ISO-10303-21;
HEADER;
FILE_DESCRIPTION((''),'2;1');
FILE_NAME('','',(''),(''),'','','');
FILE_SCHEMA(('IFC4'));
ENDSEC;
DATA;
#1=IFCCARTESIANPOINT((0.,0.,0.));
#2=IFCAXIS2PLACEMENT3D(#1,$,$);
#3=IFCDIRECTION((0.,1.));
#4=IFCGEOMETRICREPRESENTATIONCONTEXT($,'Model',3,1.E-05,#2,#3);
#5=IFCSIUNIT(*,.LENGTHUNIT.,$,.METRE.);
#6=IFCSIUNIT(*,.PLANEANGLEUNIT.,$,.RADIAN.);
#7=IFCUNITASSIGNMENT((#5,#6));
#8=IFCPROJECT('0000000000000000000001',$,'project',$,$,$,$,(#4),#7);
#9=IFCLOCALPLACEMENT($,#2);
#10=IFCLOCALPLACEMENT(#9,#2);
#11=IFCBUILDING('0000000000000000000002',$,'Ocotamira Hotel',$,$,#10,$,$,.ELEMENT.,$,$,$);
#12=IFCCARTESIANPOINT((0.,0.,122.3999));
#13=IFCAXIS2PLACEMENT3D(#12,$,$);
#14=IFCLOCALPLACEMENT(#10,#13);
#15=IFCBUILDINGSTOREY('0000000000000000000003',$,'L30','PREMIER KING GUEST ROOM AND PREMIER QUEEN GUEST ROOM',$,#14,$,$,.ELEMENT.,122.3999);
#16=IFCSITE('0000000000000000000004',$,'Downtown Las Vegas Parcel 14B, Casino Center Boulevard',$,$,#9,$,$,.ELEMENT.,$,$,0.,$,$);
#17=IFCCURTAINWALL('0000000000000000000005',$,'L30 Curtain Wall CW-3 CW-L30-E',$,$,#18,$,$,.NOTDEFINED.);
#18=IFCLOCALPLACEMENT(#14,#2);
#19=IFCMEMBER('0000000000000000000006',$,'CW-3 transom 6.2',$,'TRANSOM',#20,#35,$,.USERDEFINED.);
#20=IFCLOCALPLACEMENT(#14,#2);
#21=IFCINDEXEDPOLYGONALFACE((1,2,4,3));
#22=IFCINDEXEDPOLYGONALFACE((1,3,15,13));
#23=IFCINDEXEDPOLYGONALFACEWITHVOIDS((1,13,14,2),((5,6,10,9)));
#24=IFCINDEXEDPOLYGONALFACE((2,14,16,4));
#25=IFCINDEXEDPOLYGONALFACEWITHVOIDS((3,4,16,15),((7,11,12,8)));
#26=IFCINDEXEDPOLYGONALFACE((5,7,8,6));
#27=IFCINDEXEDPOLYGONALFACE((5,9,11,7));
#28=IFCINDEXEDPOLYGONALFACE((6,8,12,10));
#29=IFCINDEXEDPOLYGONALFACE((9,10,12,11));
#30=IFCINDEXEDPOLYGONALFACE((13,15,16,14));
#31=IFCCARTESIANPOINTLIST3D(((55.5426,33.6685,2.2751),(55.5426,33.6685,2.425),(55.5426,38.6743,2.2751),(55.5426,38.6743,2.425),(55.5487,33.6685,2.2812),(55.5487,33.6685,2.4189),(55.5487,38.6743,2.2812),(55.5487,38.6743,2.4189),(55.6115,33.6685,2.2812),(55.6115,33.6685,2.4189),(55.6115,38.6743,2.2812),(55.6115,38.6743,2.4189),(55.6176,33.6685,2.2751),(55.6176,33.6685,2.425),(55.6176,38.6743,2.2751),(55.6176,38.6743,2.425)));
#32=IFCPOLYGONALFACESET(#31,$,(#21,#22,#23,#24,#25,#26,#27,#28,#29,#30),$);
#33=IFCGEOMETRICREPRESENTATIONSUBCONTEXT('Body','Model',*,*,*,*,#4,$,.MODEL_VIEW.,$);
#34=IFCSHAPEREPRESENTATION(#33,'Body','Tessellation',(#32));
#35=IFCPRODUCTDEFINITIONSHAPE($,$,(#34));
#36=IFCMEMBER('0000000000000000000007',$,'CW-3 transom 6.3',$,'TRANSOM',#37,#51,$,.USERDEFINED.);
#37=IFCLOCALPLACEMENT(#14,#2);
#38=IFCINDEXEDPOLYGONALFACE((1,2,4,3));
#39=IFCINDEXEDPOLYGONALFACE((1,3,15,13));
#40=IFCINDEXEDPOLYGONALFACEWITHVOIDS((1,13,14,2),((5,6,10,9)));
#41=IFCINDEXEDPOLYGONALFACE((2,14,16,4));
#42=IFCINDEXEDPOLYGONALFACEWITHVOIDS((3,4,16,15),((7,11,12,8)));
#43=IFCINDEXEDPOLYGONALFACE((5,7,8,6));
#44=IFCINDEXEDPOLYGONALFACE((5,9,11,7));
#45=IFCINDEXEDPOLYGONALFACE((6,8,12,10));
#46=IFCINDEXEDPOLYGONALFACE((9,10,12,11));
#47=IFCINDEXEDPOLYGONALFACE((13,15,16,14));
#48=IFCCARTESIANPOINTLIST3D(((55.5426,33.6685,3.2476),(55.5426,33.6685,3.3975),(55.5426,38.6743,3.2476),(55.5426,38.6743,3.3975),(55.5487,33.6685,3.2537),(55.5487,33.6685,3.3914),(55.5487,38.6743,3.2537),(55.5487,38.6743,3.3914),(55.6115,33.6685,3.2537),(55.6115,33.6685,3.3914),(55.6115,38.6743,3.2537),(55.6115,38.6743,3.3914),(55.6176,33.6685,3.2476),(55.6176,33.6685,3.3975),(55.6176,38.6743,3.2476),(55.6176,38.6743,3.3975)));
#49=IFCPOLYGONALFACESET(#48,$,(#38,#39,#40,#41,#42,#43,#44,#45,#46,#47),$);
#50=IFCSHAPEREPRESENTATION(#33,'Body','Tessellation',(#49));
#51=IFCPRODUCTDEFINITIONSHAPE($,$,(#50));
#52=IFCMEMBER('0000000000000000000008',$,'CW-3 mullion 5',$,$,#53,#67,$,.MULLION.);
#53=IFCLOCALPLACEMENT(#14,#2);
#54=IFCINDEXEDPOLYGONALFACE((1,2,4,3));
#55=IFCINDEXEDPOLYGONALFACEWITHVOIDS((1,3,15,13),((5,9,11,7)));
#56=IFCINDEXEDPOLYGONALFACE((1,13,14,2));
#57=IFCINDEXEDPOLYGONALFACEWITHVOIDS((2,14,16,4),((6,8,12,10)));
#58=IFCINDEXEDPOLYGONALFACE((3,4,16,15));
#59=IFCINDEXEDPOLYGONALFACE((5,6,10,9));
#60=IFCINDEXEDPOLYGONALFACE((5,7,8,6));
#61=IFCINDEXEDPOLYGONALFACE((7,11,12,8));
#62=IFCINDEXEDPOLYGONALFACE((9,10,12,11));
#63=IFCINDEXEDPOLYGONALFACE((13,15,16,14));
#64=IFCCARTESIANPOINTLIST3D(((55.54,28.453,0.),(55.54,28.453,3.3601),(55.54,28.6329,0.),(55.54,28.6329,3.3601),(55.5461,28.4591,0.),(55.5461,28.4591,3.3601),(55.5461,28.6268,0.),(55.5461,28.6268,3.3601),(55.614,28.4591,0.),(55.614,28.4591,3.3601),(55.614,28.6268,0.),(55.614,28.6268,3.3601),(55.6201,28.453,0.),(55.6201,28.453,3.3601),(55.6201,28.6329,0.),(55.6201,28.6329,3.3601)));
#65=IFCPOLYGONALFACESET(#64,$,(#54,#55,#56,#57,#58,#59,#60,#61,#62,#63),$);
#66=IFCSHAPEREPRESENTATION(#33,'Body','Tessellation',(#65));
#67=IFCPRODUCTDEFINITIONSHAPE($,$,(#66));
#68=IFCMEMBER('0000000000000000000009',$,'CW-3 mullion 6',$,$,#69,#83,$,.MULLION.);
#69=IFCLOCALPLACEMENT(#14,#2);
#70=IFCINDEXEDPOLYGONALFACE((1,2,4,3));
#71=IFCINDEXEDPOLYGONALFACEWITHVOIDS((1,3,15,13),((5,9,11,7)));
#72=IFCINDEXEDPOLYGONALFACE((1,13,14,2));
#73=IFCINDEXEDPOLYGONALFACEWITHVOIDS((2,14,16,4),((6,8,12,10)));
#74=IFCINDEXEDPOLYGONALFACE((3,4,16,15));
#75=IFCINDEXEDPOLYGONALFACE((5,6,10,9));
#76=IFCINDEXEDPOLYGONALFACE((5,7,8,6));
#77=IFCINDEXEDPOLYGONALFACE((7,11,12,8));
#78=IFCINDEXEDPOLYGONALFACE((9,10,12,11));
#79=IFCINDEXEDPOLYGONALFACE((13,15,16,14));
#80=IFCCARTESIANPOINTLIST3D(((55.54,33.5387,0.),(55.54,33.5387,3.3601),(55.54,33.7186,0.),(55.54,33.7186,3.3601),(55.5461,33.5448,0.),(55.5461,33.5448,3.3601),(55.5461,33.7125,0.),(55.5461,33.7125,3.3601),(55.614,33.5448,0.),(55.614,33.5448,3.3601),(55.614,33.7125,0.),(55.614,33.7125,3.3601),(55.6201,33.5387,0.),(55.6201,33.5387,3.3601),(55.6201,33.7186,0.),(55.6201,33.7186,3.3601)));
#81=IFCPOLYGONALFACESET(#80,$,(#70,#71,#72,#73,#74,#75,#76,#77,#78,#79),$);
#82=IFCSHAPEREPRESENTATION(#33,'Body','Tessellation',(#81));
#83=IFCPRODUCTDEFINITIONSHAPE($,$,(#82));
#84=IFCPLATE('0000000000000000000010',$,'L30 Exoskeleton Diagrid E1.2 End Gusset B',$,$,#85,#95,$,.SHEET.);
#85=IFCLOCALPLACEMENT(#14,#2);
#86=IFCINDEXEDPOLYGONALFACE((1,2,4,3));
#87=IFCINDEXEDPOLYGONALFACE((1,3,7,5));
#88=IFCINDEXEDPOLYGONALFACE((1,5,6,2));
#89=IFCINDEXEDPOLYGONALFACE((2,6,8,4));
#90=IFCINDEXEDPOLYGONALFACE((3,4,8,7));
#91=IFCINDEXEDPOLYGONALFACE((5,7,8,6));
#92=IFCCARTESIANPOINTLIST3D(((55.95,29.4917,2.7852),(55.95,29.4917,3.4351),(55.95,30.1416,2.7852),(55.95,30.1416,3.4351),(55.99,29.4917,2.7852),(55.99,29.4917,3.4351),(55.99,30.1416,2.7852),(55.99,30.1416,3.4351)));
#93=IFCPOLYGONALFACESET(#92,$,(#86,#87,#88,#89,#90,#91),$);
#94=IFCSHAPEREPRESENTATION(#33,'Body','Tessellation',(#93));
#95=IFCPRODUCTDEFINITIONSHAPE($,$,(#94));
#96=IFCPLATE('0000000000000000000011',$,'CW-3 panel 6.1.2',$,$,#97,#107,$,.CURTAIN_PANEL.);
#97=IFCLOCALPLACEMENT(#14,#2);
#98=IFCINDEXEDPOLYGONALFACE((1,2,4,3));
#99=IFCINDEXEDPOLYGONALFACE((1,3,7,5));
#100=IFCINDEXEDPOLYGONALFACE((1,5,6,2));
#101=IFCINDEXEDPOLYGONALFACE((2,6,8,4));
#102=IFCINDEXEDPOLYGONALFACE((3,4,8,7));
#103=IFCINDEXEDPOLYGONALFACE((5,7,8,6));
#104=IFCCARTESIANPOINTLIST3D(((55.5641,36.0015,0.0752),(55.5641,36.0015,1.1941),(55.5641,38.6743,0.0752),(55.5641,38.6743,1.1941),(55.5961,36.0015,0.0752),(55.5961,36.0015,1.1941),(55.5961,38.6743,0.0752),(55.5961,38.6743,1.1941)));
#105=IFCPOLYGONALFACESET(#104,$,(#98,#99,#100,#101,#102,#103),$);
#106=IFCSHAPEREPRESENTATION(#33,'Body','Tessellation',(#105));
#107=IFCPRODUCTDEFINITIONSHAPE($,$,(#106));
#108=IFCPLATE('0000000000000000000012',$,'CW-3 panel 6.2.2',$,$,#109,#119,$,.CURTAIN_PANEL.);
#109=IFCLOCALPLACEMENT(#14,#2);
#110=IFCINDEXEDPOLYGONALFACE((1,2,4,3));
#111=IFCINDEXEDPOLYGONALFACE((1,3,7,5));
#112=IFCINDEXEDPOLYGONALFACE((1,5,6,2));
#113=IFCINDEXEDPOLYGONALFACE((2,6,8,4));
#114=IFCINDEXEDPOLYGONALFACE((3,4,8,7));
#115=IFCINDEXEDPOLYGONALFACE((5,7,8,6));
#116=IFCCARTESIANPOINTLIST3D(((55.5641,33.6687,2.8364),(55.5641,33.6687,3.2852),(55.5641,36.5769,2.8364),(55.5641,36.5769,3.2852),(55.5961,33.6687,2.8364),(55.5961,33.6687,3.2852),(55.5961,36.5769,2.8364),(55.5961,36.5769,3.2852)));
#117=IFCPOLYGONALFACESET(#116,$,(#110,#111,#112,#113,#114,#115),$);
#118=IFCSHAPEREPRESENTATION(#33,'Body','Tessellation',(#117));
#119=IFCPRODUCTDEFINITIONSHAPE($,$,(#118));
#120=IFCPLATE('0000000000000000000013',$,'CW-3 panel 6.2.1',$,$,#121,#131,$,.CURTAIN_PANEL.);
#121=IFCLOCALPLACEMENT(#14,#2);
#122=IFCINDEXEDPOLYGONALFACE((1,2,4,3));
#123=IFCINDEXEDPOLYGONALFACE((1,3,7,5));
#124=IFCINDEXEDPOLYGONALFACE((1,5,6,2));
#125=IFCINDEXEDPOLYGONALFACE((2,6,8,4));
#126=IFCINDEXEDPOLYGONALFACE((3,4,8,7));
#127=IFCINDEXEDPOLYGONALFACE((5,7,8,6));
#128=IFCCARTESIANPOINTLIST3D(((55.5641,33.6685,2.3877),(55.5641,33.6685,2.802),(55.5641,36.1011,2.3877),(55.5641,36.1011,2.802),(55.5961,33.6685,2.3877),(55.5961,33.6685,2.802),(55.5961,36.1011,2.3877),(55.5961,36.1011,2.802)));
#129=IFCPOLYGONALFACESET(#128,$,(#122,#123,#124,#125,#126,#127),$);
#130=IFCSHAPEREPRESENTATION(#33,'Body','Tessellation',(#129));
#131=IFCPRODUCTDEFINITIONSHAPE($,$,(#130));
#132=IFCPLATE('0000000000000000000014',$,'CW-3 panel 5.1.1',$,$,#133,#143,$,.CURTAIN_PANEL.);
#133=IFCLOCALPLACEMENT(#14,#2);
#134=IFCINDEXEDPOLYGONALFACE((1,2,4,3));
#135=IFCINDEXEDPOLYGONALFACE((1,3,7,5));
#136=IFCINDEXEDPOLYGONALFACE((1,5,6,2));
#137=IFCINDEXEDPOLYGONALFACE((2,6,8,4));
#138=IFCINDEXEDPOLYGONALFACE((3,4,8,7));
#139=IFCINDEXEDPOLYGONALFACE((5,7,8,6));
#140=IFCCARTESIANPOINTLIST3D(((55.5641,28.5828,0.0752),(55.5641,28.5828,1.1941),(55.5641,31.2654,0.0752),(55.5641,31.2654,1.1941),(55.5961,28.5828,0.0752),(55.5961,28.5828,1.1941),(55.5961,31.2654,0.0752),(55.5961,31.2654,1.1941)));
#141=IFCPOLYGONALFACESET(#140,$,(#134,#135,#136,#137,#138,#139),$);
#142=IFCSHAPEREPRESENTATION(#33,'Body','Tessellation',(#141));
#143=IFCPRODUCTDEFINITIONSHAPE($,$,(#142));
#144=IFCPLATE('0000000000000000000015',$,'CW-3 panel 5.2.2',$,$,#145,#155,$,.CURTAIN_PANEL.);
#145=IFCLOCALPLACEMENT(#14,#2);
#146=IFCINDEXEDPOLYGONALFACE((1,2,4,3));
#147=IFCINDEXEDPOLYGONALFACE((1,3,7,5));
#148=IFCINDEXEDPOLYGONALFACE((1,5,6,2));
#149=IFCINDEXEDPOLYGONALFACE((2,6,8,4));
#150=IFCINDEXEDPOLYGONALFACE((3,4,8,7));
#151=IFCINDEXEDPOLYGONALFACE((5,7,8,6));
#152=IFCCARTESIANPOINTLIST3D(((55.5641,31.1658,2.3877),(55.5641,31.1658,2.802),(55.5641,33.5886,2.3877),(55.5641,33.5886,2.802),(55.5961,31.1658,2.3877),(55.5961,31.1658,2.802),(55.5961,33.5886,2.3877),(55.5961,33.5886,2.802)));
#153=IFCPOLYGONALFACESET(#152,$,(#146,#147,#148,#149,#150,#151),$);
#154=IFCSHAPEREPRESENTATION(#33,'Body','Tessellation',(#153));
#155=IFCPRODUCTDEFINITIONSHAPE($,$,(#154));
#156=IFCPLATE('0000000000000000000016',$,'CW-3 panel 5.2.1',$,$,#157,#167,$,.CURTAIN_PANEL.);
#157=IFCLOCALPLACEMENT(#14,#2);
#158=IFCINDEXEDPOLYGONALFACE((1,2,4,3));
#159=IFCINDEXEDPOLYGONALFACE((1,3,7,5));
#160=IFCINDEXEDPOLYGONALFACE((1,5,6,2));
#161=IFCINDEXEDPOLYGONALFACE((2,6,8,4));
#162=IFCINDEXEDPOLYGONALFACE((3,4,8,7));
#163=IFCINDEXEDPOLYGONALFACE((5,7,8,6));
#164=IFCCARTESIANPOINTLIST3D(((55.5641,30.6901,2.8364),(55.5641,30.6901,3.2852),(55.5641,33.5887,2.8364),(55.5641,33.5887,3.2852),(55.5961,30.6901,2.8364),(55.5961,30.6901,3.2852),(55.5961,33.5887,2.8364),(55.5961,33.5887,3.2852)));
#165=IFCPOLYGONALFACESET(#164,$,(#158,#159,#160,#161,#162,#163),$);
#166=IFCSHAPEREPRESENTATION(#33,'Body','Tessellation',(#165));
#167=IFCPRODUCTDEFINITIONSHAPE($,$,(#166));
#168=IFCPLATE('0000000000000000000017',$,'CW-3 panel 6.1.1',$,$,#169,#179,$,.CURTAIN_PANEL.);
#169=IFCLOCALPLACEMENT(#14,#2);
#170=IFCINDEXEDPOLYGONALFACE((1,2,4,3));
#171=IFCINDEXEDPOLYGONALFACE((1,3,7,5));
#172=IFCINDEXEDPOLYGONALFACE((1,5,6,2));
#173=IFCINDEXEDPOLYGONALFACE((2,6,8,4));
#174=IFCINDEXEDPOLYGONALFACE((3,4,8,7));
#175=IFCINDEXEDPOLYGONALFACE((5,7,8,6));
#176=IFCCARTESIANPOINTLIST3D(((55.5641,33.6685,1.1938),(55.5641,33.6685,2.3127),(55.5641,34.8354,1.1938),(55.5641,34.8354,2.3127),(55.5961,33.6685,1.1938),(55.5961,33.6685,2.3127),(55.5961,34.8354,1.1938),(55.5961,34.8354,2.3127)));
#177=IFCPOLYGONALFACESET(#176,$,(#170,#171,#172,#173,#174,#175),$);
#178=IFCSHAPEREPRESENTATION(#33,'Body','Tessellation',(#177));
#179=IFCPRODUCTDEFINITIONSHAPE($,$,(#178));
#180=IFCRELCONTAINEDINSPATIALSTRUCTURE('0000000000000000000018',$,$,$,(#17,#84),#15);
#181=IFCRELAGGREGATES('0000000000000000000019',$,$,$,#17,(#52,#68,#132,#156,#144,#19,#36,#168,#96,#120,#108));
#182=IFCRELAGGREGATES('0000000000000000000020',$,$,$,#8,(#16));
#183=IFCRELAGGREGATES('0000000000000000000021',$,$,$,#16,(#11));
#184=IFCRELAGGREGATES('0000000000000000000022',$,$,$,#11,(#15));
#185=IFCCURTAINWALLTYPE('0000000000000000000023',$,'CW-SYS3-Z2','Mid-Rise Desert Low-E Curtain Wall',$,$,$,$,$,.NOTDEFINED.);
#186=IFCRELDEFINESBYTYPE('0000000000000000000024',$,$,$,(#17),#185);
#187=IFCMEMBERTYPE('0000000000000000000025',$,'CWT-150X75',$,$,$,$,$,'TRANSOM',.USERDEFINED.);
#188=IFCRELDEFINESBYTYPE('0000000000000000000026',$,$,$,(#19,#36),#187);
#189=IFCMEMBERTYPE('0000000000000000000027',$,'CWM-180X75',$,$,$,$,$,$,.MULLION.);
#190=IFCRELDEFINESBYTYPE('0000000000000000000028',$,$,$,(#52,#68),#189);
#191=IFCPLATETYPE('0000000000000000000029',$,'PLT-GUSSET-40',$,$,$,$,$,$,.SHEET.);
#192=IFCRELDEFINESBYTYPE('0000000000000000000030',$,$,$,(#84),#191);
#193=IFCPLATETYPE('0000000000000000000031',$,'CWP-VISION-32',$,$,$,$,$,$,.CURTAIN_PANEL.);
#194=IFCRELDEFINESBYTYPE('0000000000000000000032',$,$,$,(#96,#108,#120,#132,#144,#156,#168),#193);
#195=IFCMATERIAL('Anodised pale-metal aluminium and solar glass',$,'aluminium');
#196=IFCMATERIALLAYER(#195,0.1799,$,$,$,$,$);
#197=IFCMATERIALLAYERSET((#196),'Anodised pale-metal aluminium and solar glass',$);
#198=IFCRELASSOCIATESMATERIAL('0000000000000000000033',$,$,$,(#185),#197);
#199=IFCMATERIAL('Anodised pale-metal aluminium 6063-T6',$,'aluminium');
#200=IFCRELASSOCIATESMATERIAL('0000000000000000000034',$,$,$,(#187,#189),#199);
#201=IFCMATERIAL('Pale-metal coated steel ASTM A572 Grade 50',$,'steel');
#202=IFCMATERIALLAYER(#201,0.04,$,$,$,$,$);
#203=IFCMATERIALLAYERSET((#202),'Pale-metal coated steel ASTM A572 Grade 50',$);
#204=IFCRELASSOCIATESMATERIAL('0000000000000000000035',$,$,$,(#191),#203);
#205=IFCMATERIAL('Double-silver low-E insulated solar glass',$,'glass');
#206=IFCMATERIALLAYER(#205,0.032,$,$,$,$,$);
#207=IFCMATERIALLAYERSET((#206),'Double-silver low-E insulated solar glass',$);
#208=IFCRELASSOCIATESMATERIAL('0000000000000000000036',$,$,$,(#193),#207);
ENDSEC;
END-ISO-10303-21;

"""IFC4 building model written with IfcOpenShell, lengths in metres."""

from ifc_helpers import new_model, si_unit, direction, frame, origin, origin_2d, place, context, subcontext, project, spatial, rectangle, hollow_rectangle, extrude, source, transform, mapped, material, layer, layer_set, material_profile, profile_set, type_object, element, aggregate, save


model = new_model("IFC4")

# Units and contexts
model_context = context("Model", 3, precision=1e-05, world=origin(), true_north=direction((0.0, 1.0)))
body_context = subcontext(model_context, "Body", "Model", "MODEL_VIEW")
ifc_project = project(units=[si_unit("LENGTHUNIT", "METRE"), si_unit("PLANEANGLEUNIT", "RADIAN")], contexts=[model_context])

# Site, building, storey
site_placement = place(None, origin())
site = spatial("IfcSite", under=ifc_project, at=site_placement, Name="Downtown Las Vegas Parcel 14B, Casino Center Boulevard", CompositionType="ELEMENT", RefElevation=0.0)
building_placement = place(site_placement, origin())
building = spatial("IfcBuilding", under=site, at=building_placement, Name="Ocotamira Hotel", CompositionType="ELEMENT")
storey_placement = place(building_placement, frame((0.0, 0.0, 122.3999)))
storey = spatial("IfcBuildingStorey", under=building, at=storey_placement, Name="L30", Description="PREMIER KING GUEST ROOM AND PREMIER QUEEN GUEST ROOM", CompositionType="ELEMENT", Elevation=122.3999)

# Curtain wall, members
ifc_material_1 = material(Name="Anodised pale-metal aluminium and solar glass", Category="aluminium")
ifc_layer_1 = layer(ifc_material_1, 0.1799)
ifc_layer_set_1 = layer_set([ifc_layer_1], Name="Anodised pale-metal aluminium and solar glass")
curtain_wall_type = type_object("IfcCurtainWallType", Name="CW-SYS3-Z2", Description="Mid-Rise Desert Low-E Curtain Wall", PredefinedType="NOTDEFINED", material=ifc_layer_set_1)
curtain_wall_placement = place(storey_placement, origin())
curtain_wall = element("IfcCurtainWall", 1, at=curtain_wall_placement, inside=storey, type_object=curtain_wall_type, Name="L30 Curtain Wall CW-3 CW-L30-E", PredefinedType="NOTDEFINED")
ifc_material_2 = material(Name="Anodised pale-metal aluminium 6063-T6", Category="aluminium")
ifc_material_profile_1 = material_profile(ifc_material_2, hollow_rectangle(XDim=0.075, YDim=0.1499, WallThickness=0.0061, at=origin_2d()), Name="HSS150X75X6")
ifc_profile_set_1 = profile_set([ifc_material_profile_1], Name="Anodised pale-metal aluminium 6063-T6")
member_type_1 = type_object("IfcMemberType", Name="CWT-150X75", ElementType="TRANSOM", PredefinedType="USERDEFINED", material=ifc_profile_set_1)
shared_shape_1 = source(origin(), body_context, "Body", "SweptSolid", [
    extrude(hollow_rectangle(XDim=0.075, YDim=0.1499, WallThickness=0.0061, at=origin_2d()), origin(), (0.0, 0.0, 1.0), 5.0059),
])
member_1_placement = place(storey_placement, frame((55.5801, 33.6685, 2.3501), z_axis=(0.0, 1.0, 0.0), x_axis=(-1.0, 0.0, 0.0)))
member_1 = element("IfcMember", 2, at=member_1_placement, type_object=member_type_1, Name="CW-3 transom 6.2", ObjectType="TRANSOM", PredefinedType="USERDEFINED", context=body_context, shape_type="MappedRepresentation", body=[
    mapped(shared_shape_1, transform((0.0, 0.0, 0.0), scale=1.0)),
])
member_2_placement = place(storey_placement, frame((55.5801, 33.6685, 3.3225), z_axis=(0.0, 1.0, 0.0), x_axis=(-1.0, 0.0, 0.0)))
member_2 = element("IfcMember", 3, at=member_2_placement, type_object=member_type_1, Name="CW-3 transom 6.3", ObjectType="TRANSOM", PredefinedType="USERDEFINED", context=body_context, shape_type="MappedRepresentation", body=[
    mapped(shared_shape_1, transform((0.0, 0.0, 0.0), scale=1.0)),
])
ifc_material_profile_2 = material_profile(ifc_material_2, hollow_rectangle(XDim=0.0801, YDim=0.1799, WallThickness=0.0061, at=origin_2d()), Name="HSS180X80X6")
ifc_profile_set_2 = profile_set([ifc_material_profile_2], Name="Anodised pale-metal aluminium 6063-T6")
member_type_2 = type_object("IfcMemberType", Name="CWM-180X75", PredefinedType="MULLION", material=ifc_profile_set_2)
shared_shape_2 = source(origin(), body_context, "Body", "SweptSolid", [
    extrude(hollow_rectangle(XDim=0.0801, YDim=0.1799, WallThickness=0.0061, at=origin_2d()), origin(), (0.0, 0.0, 1.0), 3.3601),
])
member_3_placement = place(storey_placement, frame((55.5801, 28.543, 0.0), z_axis=(0.0, 0.0, 1.0), x_axis=(-1.0, 0.0, 0.0)))
member_3 = element("IfcMember", 4, at=member_3_placement, type_object=member_type_2, Name="CW-3 mullion 5", PredefinedType="MULLION", context=body_context, shape_type="MappedRepresentation", body=[
    mapped(shared_shape_2, transform((0.0, 0.0, 0.0), scale=1.0)),
])
member_4_placement = place(storey_placement, frame((55.5801, 33.6287, 0.0), z_axis=(0.0, 0.0, 1.0), x_axis=(-1.0, 0.0, 0.0)))
member_4 = element("IfcMember", 5, at=member_4_placement, type_object=member_type_2, Name="CW-3 mullion 6", PredefinedType="MULLION", context=body_context, shape_type="MappedRepresentation", body=[
    mapped(shared_shape_2, transform((0.0, 0.0, 0.0), scale=1.0)),
])

# Plates
ifc_material_3 = material(Name="Pale-metal coated steel ASTM A572 Grade 50", Category="steel")
ifc_layer_2 = layer(ifc_material_3, 0.04)
ifc_layer_set_2 = layer_set([ifc_layer_2], Name="Pale-metal coated steel ASTM A572 Grade 50")
plate_type_1 = type_object("IfcPlateType", Name="PLT-GUSSET-40", PredefinedType="SHEET", material=ifc_layer_set_2)
shared_shape_3 = source(origin(), body_context, "Body", "SweptSolid", [
    extrude(rectangle(XDim=0.04, YDim=0.6499, at=origin_2d()), origin(), (0.0, 0.0, 1.0), 0.6499),
])
plate_1_placement = place(storey_placement, frame((55.97, 29.8167, 2.7852), z_axis=(0.0, 0.0, 1.0), x_axis=(1.0, 0.0, 0.0)))
element("IfcPlate", 6, at=plate_1_placement, inside=storey, type_object=plate_type_1, Name="L30 Exoskeleton Diagrid E1.2 End Gusset B", PredefinedType="SHEET", context=body_context, shape_type="MappedRepresentation", body=[
    mapped(shared_shape_3, transform((0.0, 0.0, 0.0), scale=1.0)),
])
ifc_material_4 = material(Name="Double-silver low-E insulated solar glass", Category="glass")
ifc_layer_3 = layer(ifc_material_4, 0.032)
ifc_layer_set_3 = layer_set([ifc_layer_3], Name="Double-silver low-E insulated solar glass")
plate_type_2 = type_object("IfcPlateType", Name="CWP-VISION-32", PredefinedType="CURTAIN_PANEL", material=ifc_layer_set_3)
shared_shape_4 = source(origin(), body_context, "Body", "SweptSolid", [
    extrude(rectangle(XDim=2.6729, YDim=0.032, at=origin_2d()), origin(), (0.0, 0.0, 1.0), 1.1189),
])
plate_2_placement = place(storey_placement, frame((55.5801, 37.3379, 0.0752), z_axis=(0.0, 0.0, 1.0), x_axis=(0.0, 1.0, 0.0)))
plate_2 = element("IfcPlate", 7, at=plate_2_placement, type_object=plate_type_2, Name="CW-3 panel 6.1.2", PredefinedType="CURTAIN_PANEL", context=body_context, shape_type="MappedRepresentation", body=[
    mapped(shared_shape_4, transform((0.0, 0.0, 0.0), scale=1.0)),
])
shared_shape_5 = source(origin(), body_context, "Body", "SweptSolid", [
    extrude(rectangle(XDim=2.9082, YDim=0.032, at=origin_2d()), origin(), (0.0, 0.0, 1.0), 0.4487),
])
plate_3_placement = place(storey_placement, frame((55.5801, 35.1228, 2.8364), z_axis=(0.0, 0.0, 1.0), x_axis=(0.0, 1.0, 0.0)))
plate_3 = element("IfcPlate", 8, at=plate_3_placement, type_object=plate_type_2, Name="CW-3 panel 6.2.2", PredefinedType="CURTAIN_PANEL", context=body_context, shape_type="MappedRepresentation", body=[
    mapped(shared_shape_5, transform((0.0, 0.0, 0.0), scale=1.0)),
])
shared_shape_6 = source(origin(), body_context, "Body", "SweptSolid", [
    extrude(rectangle(XDim=2.4326, YDim=0.032, at=origin_2d()), origin(), (0.0, 0.0, 1.0), 0.4143),
])
plate_4_placement = place(storey_placement, frame((55.5801, 34.8848, 2.3877), z_axis=(0.0, 0.0, 1.0), x_axis=(0.0, 1.0, 0.0)))
plate_4 = element("IfcPlate", 9, at=plate_4_placement, type_object=plate_type_2, Name="CW-3 panel 6.2.1", PredefinedType="CURTAIN_PANEL", context=body_context, shape_type="MappedRepresentation", body=[
    mapped(shared_shape_6, transform((0.0, 0.0, 0.0), scale=1.0)),
])
shared_shape_7 = source(origin(), body_context, "Body", "SweptSolid", [
    extrude(rectangle(XDim=2.6826, YDim=0.032, at=origin_2d()), origin(), (0.0, 0.0, 1.0), 1.1189),
])
plate_5_placement = place(storey_placement, frame((55.5801, 29.9241, 0.0752), z_axis=(0.0, 0.0, 1.0), x_axis=(0.0, 1.0, 0.0)))
plate_5 = element("IfcPlate", 10, at=plate_5_placement, type_object=plate_type_2, Name="CW-3 panel 5.1.1", PredefinedType="CURTAIN_PANEL", context=body_context, shape_type="MappedRepresentation", body=[
    mapped(shared_shape_7, transform((0.0, 0.0, 0.0), scale=1.0)),
])
shared_shape_8 = source(origin(), body_context, "Body", "SweptSolid", [
    extrude(rectangle(XDim=2.4229, YDim=0.032, at=origin_2d()), origin(), (0.0, 0.0, 1.0), 0.4143),
])
plate_6_placement = place(storey_placement, frame((55.5801, 32.3772, 2.3877), z_axis=(0.0, 0.0, 1.0), x_axis=(0.0, 1.0, 0.0)))
plate_6 = element("IfcPlate", 11, at=plate_6_placement, type_object=plate_type_2, Name="CW-3 panel 5.2.2", PredefinedType="CURTAIN_PANEL", context=body_context, shape_type="MappedRepresentation", body=[
    mapped(shared_shape_8, transform((0.0, 0.0, 0.0), scale=1.0)),
])
shared_shape_9 = source(origin(), body_context, "Body", "SweptSolid", [
    extrude(rectangle(XDim=2.8987, YDim=0.032, at=origin_2d()), origin(), (0.0, 0.0, 1.0), 0.4487),
])
plate_7_placement = place(storey_placement, frame((55.5801, 32.1394, 2.8364), z_axis=(0.0, 0.0, 1.0), x_axis=(0.0, 1.0, 0.0)))
plate_7 = element("IfcPlate", 12, at=plate_7_placement, type_object=plate_type_2, Name="CW-3 panel 5.2.1", PredefinedType="CURTAIN_PANEL", context=body_context, shape_type="MappedRepresentation", body=[
    mapped(shared_shape_9, transform((0.0, 0.0, 0.0), scale=1.0)),
])
shared_shape_10 = source(origin(), body_context, "Body", "SweptSolid", [
    extrude(rectangle(XDim=1.167, YDim=0.032, at=origin_2d()), origin(), (0.0, 0.0, 1.0), 1.1189),
])
plate_8_placement = place(storey_placement, frame((55.5801, 34.252, 1.1938), z_axis=(0.0, 0.0, 1.0), x_axis=(0.0, 1.0, 0.0)))
plate_8 = element("IfcPlate", 13, at=plate_8_placement, type_object=plate_type_2, Name="CW-3 panel 6.1.1", PredefinedType="CURTAIN_PANEL", context=body_context, shape_type="MappedRepresentation", body=[
    mapped(shared_shape_10, transform((0.0, 0.0, 0.0), scale=1.0)),
])
aggregate(curtain_wall, [member_3, member_4, plate_5, plate_7, plate_6, member_1, member_2, plate_8, plate_2, plate_4, plate_3])

save(model, "model.ifc")
